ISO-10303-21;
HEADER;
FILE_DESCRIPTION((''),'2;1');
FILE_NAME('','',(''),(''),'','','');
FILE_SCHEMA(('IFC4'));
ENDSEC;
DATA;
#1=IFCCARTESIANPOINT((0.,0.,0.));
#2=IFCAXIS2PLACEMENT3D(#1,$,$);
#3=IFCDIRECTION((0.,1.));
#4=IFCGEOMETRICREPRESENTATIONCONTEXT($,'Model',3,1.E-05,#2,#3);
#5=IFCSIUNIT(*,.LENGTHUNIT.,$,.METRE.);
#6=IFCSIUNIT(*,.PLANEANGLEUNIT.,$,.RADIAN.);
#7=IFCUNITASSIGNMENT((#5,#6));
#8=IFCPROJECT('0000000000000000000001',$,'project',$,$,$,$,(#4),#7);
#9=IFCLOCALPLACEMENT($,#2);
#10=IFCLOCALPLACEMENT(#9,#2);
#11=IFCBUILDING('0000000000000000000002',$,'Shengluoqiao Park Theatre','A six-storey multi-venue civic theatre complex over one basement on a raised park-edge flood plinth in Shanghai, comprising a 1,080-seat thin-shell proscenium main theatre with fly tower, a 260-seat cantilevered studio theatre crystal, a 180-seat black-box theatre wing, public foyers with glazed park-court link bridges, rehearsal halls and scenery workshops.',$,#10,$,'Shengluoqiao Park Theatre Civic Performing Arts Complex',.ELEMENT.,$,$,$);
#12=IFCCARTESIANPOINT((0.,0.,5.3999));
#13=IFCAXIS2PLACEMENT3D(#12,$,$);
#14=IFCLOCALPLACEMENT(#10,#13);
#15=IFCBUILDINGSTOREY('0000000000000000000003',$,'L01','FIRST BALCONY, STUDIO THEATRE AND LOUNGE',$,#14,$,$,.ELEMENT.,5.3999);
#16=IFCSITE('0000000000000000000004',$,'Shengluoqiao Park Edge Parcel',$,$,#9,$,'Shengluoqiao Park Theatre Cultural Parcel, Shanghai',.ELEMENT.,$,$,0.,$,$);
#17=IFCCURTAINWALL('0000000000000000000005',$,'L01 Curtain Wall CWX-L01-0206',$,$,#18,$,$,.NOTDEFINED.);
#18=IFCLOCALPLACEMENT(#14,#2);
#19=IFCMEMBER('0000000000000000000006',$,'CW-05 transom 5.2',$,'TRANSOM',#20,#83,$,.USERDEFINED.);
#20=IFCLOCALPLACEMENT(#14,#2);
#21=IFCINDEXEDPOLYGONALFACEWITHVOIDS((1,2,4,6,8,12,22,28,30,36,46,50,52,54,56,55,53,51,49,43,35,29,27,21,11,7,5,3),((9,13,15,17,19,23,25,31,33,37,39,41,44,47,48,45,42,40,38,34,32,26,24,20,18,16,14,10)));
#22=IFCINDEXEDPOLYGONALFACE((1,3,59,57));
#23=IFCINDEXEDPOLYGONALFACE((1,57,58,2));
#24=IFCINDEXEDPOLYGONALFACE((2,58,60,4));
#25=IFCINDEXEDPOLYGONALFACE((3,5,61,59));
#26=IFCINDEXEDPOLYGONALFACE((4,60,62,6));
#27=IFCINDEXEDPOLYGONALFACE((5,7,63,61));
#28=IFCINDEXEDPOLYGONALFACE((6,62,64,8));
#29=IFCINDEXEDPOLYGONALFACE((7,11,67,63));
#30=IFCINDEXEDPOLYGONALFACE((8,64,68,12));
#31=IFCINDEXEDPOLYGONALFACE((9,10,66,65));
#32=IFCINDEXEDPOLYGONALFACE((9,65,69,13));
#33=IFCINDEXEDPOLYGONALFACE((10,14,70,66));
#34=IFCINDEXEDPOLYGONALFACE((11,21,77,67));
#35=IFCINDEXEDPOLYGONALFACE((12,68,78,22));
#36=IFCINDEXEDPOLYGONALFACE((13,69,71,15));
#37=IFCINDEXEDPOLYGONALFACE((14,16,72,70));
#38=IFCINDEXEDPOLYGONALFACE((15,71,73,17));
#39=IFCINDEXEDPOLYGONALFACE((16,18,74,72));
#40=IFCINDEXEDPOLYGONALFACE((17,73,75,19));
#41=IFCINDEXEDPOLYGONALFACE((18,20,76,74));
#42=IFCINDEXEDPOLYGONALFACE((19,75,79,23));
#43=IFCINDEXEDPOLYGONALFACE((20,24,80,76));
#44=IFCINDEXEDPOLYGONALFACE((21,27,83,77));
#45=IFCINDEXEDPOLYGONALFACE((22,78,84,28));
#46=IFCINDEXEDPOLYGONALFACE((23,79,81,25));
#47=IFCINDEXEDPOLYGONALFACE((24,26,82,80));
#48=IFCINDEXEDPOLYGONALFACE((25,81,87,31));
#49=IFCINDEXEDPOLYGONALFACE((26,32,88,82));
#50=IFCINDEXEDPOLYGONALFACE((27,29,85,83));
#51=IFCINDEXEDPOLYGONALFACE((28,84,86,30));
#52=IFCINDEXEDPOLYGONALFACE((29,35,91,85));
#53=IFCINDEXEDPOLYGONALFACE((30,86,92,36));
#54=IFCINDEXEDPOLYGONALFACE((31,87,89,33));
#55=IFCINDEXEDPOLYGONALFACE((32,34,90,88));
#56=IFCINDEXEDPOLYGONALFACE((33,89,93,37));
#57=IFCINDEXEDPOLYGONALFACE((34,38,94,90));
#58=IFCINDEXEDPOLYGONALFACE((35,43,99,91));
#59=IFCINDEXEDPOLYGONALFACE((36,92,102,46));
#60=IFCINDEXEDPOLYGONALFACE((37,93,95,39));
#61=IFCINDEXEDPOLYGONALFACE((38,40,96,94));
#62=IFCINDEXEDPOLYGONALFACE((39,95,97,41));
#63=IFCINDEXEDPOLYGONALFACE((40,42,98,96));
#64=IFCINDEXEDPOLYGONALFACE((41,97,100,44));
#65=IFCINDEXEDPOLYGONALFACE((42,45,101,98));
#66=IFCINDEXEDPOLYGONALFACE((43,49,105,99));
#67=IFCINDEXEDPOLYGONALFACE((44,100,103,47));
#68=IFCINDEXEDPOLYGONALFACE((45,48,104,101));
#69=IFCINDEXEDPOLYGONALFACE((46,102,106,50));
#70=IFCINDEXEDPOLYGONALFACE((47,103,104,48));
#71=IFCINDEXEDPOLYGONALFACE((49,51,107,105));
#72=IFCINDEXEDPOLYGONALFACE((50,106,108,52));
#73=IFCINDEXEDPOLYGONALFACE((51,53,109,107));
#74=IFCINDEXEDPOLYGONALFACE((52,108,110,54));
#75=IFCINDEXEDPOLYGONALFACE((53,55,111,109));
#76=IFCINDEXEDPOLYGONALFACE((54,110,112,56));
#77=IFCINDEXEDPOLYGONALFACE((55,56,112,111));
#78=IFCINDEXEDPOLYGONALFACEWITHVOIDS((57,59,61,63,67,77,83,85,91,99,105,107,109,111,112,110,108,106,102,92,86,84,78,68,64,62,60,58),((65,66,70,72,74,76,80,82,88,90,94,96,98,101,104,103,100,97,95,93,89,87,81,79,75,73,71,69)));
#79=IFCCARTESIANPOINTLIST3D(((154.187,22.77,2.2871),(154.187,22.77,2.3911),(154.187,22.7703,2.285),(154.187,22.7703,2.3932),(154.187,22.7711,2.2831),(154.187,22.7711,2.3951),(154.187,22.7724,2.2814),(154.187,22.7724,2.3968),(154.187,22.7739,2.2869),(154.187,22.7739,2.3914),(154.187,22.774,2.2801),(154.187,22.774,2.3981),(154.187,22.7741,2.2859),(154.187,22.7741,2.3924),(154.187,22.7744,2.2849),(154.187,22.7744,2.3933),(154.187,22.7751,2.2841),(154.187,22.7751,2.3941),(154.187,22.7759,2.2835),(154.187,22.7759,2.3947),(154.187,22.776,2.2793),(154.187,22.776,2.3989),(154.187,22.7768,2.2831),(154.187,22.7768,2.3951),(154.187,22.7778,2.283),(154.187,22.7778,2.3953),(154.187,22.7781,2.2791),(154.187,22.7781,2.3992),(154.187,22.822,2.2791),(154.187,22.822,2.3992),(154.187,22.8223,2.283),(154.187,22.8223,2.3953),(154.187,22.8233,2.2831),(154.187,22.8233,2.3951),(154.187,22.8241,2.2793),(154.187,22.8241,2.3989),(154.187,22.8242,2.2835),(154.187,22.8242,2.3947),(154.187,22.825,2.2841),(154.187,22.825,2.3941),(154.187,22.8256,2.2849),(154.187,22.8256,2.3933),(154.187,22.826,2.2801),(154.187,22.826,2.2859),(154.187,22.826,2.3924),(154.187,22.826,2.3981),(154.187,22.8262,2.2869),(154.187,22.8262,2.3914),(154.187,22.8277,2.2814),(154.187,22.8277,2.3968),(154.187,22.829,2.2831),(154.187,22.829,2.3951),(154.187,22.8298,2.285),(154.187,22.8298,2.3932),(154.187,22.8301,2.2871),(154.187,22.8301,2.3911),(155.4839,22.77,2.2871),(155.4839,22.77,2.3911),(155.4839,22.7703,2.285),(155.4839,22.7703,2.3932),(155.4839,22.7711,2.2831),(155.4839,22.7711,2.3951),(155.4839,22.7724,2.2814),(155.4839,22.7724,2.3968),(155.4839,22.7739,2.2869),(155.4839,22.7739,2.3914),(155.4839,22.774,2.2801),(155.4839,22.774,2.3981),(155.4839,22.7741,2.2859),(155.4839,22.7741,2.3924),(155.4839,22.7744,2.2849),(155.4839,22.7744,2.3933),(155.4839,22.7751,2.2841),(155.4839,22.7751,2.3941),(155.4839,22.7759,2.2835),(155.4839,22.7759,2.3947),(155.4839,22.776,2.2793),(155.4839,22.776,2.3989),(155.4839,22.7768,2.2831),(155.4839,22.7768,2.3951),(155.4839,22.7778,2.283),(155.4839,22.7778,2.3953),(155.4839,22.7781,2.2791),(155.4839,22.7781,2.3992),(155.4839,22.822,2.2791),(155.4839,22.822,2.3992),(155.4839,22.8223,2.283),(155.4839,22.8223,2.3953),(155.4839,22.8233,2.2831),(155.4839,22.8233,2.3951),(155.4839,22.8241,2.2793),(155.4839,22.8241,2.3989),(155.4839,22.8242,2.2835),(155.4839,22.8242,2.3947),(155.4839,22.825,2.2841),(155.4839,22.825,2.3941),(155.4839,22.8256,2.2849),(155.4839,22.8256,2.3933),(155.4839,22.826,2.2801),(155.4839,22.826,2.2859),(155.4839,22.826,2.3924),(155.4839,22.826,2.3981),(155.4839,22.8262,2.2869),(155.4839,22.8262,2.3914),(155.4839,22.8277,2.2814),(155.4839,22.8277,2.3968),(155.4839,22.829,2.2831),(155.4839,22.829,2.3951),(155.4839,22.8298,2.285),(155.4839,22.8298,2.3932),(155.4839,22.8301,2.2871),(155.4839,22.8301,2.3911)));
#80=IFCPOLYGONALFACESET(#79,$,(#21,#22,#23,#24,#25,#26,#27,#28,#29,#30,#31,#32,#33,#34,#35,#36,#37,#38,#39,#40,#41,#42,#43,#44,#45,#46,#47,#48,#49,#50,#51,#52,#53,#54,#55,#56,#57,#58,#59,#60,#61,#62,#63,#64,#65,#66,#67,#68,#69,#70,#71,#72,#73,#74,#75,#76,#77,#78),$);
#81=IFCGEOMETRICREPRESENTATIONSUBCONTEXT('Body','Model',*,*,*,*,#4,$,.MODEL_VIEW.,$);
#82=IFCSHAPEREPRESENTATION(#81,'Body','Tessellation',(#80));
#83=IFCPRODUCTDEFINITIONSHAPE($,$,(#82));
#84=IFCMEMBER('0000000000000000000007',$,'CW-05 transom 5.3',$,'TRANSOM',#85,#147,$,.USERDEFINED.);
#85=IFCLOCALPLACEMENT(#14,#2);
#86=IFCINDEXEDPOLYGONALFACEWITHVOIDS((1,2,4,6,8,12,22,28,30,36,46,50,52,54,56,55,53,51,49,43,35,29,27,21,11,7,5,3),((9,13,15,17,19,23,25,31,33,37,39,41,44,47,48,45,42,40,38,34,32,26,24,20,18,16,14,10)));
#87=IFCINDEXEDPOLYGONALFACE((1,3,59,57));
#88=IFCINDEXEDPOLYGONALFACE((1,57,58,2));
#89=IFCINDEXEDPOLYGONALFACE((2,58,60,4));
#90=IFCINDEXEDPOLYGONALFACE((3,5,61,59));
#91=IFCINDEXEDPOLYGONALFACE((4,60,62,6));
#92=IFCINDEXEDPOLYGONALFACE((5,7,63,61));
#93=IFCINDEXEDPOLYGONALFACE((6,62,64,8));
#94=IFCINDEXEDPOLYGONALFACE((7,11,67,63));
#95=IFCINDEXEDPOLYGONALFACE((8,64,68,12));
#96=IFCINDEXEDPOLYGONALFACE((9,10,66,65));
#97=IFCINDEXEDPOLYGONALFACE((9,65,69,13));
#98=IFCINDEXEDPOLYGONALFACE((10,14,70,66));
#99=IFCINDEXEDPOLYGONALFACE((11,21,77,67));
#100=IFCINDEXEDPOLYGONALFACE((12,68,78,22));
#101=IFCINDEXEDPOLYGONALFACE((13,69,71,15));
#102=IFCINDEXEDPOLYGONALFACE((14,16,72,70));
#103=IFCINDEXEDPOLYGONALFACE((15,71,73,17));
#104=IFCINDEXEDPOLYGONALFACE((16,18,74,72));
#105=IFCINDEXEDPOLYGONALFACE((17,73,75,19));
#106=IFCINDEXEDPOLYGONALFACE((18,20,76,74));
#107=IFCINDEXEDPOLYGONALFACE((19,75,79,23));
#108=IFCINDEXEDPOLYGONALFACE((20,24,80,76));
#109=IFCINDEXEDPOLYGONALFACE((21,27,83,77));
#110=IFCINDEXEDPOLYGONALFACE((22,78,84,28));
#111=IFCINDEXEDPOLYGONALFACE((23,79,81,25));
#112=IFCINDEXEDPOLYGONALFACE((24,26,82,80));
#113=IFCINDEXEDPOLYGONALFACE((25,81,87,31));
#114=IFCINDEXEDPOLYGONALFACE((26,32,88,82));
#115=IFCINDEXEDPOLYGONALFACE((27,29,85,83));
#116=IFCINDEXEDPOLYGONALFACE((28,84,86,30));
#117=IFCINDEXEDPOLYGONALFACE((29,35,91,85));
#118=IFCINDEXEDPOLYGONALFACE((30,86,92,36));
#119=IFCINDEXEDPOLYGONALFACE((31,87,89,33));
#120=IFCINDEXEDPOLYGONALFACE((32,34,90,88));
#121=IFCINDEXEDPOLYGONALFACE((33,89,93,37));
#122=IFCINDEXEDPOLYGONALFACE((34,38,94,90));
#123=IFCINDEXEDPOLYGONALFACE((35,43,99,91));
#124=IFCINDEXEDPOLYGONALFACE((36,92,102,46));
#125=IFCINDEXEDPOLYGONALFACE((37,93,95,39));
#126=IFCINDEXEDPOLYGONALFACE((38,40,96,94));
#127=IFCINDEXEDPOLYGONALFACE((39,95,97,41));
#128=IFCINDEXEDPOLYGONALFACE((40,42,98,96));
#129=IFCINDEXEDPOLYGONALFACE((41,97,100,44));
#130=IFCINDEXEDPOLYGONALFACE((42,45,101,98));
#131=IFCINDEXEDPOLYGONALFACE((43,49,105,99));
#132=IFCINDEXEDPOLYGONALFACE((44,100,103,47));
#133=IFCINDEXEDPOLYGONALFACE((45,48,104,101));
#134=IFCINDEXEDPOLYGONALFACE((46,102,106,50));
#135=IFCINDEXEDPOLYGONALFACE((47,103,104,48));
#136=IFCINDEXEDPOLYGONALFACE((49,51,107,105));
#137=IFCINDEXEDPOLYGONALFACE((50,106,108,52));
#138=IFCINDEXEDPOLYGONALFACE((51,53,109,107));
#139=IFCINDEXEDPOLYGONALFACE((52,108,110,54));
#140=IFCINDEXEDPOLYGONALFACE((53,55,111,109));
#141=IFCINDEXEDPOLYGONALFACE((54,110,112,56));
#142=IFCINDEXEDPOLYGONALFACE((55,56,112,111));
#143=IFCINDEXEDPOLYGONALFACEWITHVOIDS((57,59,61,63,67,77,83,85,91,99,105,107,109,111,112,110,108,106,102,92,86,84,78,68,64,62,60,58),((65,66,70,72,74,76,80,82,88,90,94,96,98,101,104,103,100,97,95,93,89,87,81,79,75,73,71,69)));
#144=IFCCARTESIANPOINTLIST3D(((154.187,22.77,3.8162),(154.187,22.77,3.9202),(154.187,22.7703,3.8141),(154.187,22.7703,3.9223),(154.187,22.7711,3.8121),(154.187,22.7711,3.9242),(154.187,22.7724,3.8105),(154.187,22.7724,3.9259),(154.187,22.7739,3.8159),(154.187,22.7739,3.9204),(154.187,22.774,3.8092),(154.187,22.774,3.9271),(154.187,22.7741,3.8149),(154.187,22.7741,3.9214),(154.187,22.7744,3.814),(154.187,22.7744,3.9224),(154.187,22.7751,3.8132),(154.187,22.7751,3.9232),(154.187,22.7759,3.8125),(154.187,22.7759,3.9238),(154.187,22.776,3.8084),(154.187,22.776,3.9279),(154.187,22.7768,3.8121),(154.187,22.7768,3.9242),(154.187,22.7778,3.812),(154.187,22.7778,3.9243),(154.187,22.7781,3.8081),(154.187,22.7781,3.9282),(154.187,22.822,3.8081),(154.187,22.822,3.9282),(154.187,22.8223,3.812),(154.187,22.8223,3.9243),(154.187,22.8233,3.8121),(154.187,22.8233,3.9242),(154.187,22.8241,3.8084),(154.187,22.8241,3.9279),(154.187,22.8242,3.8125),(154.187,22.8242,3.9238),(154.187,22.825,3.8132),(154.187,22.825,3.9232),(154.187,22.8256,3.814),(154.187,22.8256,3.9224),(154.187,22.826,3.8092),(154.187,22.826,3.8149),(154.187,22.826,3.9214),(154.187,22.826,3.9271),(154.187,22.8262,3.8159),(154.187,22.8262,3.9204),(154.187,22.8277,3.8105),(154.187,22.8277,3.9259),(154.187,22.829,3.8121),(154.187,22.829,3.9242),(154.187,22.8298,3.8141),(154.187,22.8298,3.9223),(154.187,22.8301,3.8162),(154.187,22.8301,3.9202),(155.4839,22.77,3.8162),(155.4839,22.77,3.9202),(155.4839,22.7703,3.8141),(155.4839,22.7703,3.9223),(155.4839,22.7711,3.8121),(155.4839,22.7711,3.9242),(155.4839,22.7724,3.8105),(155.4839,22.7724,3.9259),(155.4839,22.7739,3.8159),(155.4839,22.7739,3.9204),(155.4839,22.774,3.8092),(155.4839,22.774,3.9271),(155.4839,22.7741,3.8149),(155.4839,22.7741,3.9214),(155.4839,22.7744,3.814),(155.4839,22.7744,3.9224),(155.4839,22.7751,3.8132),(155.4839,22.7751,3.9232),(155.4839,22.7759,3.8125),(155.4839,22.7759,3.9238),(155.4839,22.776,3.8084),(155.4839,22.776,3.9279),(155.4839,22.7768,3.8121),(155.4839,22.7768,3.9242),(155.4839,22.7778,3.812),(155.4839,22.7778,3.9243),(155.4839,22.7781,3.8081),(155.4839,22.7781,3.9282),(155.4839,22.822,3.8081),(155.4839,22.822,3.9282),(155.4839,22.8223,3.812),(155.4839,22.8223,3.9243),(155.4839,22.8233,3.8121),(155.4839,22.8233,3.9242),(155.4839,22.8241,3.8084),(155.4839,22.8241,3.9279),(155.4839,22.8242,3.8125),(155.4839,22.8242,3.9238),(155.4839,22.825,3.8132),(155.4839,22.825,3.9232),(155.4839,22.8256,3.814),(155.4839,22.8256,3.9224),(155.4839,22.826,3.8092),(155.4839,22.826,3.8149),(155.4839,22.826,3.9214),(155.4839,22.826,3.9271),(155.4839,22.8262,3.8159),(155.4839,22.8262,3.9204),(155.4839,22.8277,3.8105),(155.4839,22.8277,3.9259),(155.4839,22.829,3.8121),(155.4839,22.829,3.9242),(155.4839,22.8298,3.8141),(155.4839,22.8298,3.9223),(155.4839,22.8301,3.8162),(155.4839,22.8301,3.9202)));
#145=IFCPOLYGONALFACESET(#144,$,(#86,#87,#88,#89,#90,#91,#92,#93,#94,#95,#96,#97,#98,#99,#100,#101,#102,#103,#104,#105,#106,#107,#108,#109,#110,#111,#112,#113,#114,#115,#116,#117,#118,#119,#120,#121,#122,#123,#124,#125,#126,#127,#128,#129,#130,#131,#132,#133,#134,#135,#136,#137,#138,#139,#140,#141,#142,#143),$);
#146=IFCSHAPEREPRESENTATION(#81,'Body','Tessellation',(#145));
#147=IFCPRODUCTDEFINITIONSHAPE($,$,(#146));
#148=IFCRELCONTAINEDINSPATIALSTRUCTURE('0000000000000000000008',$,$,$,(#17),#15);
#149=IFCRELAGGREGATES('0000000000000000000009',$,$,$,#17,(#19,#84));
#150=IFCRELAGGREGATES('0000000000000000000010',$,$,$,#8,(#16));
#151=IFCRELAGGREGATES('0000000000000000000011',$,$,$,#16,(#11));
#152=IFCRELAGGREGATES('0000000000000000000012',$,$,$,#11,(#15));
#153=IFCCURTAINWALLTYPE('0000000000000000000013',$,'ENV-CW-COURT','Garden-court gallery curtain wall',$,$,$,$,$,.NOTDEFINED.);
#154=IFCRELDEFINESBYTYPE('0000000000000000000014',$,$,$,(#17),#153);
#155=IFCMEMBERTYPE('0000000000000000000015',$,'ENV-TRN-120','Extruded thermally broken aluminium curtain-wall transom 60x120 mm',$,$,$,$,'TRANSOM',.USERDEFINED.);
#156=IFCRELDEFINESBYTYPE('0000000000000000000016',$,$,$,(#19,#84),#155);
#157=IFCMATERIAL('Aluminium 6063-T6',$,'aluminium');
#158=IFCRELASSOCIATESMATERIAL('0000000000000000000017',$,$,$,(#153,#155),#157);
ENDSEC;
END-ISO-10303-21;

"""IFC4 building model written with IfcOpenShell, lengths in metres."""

from ifc_helpers import new_model, si_unit, direction, frame, origin, origin_2d, place, context, subcontext, project, spatial, hollow_rectangle, extrude, material, material_profile, profile_set, type_object, element, aggregate, save


model = new_model("IFC4")

# Units and contexts
model_context = context("Model", 3, precision=1e-05, world=origin(), true_north=direction((0.0, 1.0)))
body_context = subcontext(model_context, "Body", "Model", "MODEL_VIEW")
ifc_project = project(units=[si_unit("LENGTHUNIT", "METRE"), si_unit("PLANEANGLEUNIT", "RADIAN")], contexts=[model_context])

# Site, building, storey
site_placement = place(None, origin())
site = spatial("IfcSite", under=ifc_project, at=site_placement, Name="Shengluoqiao Park Edge Parcel", LongName="Shengluoqiao Park Theatre Cultural Parcel, Shanghai", CompositionType="ELEMENT", RefElevation=0.0)
building_placement = place(site_placement, origin())
building = spatial("IfcBuilding", under=site, at=building_placement, Name="Shengluoqiao Park Theatre", Description="A six-storey multi-venue civic theatre complex over one basement on a raised park-edge flood plinth in Shanghai, comprising a 1,080-seat thin-shell proscenium main theatre with fly tower, a 260-seat cantilevered studio theatre crystal, a 180-seat black-box theatre wing, public foyers with glazed park-court link bridges, rehearsal halls and scenery workshops.", LongName="Shengluoqiao Park Theatre Civic Performing Arts Complex", CompositionType="ELEMENT")
storey_placement = place(building_placement, frame((0.0, 0.0, 5.3999)))
storey = spatial("IfcBuildingStorey", under=building, at=storey_placement, Name="L01", Description="FIRST BALCONY, STUDIO THEATRE AND LOUNGE", CompositionType="ELEMENT", Elevation=5.3999)

# Curtain wall, members
ifc_material_1 = material(Name="Aluminium 6063-T6", Category="aluminium")
curtain_wall_type = type_object("IfcCurtainWallType", Name="ENV-CW-COURT", Description="Garden-court gallery curtain wall", PredefinedType="NOTDEFINED", material=ifc_material_1)
curtain_wall_placement = place(storey_placement, origin())
curtain_wall = element("IfcCurtainWall", 1, at=curtain_wall_placement, inside=storey, type_object=curtain_wall_type, Name="L01 Curtain Wall CWX-L01-0206", PredefinedType="NOTDEFINED")
ifc_material_profile_1 = material_profile(ifc_material_1, hollow_rectangle(XDim=0.0601, YDim=0.1201, WallThickness=0.0039, InnerFilletRadius=0.0039, OuterFilletRadius=0.0081, at=origin_2d()), Name="ALU TRANSOM 120x60x4")
ifc_profile_set_1 = profile_set([ifc_material_profile_1], Name="Aluminium 6063-T6")
member_type_1 = type_object("IfcMemberType", Name="ENV-TRN-120", Description="Extruded thermally broken aluminium curtain-wall transom 60x120 mm", ElementType="TRANSOM", PredefinedType="USERDEFINED", material=ifc_profile_set_1)
member_1_placement = place(storey_placement, frame((154.187, 22.8, 2.3391), z_axis=(1.0, 0.0, 0.0), x_axis=(0.0, 1.0, 0.0)))
member_1 = element("IfcMember", 2, at=member_1_placement, type_object=member_type_1, Name="CW-05 transom 5.2", ObjectType="TRANSOM", PredefinedType="USERDEFINED", context=body_context, shape_type="SweptSolid", body=[
    extrude(hollow_rectangle(XDim=0.0601, YDim=0.1201, WallThickness=0.0039, InnerFilletRadius=0.0039, OuterFilletRadius=0.0081, at=origin_2d()), origin(), (0.0, 0.0, 1.0), 1.2969),
])
member_2_placement = place(storey_placement, frame((154.187, 22.8, 3.8682), z_axis=(1.0, 0.0, 0.0), x_axis=(0.0, 1.0, 0.0)))
member_2 = element("IfcMember", 3, at=member_2_placement, type_object=member_type_1, Name="CW-05 transom 5.3", ObjectType="TRANSOM", PredefinedType="USERDEFINED", context=body_context, shape_type="SweptSolid", body=[
    extrude(hollow_rectangle(XDim=0.0601, YDim=0.1201, WallThickness=0.0039, InnerFilletRadius=0.0039, OuterFilletRadius=0.0081, at=origin_2d()), origin(), (0.0, 0.0, 1.0), 1.2969),
])

aggregate(curtain_wall, [member_1, member_2])

save(model, "model.ifc")
